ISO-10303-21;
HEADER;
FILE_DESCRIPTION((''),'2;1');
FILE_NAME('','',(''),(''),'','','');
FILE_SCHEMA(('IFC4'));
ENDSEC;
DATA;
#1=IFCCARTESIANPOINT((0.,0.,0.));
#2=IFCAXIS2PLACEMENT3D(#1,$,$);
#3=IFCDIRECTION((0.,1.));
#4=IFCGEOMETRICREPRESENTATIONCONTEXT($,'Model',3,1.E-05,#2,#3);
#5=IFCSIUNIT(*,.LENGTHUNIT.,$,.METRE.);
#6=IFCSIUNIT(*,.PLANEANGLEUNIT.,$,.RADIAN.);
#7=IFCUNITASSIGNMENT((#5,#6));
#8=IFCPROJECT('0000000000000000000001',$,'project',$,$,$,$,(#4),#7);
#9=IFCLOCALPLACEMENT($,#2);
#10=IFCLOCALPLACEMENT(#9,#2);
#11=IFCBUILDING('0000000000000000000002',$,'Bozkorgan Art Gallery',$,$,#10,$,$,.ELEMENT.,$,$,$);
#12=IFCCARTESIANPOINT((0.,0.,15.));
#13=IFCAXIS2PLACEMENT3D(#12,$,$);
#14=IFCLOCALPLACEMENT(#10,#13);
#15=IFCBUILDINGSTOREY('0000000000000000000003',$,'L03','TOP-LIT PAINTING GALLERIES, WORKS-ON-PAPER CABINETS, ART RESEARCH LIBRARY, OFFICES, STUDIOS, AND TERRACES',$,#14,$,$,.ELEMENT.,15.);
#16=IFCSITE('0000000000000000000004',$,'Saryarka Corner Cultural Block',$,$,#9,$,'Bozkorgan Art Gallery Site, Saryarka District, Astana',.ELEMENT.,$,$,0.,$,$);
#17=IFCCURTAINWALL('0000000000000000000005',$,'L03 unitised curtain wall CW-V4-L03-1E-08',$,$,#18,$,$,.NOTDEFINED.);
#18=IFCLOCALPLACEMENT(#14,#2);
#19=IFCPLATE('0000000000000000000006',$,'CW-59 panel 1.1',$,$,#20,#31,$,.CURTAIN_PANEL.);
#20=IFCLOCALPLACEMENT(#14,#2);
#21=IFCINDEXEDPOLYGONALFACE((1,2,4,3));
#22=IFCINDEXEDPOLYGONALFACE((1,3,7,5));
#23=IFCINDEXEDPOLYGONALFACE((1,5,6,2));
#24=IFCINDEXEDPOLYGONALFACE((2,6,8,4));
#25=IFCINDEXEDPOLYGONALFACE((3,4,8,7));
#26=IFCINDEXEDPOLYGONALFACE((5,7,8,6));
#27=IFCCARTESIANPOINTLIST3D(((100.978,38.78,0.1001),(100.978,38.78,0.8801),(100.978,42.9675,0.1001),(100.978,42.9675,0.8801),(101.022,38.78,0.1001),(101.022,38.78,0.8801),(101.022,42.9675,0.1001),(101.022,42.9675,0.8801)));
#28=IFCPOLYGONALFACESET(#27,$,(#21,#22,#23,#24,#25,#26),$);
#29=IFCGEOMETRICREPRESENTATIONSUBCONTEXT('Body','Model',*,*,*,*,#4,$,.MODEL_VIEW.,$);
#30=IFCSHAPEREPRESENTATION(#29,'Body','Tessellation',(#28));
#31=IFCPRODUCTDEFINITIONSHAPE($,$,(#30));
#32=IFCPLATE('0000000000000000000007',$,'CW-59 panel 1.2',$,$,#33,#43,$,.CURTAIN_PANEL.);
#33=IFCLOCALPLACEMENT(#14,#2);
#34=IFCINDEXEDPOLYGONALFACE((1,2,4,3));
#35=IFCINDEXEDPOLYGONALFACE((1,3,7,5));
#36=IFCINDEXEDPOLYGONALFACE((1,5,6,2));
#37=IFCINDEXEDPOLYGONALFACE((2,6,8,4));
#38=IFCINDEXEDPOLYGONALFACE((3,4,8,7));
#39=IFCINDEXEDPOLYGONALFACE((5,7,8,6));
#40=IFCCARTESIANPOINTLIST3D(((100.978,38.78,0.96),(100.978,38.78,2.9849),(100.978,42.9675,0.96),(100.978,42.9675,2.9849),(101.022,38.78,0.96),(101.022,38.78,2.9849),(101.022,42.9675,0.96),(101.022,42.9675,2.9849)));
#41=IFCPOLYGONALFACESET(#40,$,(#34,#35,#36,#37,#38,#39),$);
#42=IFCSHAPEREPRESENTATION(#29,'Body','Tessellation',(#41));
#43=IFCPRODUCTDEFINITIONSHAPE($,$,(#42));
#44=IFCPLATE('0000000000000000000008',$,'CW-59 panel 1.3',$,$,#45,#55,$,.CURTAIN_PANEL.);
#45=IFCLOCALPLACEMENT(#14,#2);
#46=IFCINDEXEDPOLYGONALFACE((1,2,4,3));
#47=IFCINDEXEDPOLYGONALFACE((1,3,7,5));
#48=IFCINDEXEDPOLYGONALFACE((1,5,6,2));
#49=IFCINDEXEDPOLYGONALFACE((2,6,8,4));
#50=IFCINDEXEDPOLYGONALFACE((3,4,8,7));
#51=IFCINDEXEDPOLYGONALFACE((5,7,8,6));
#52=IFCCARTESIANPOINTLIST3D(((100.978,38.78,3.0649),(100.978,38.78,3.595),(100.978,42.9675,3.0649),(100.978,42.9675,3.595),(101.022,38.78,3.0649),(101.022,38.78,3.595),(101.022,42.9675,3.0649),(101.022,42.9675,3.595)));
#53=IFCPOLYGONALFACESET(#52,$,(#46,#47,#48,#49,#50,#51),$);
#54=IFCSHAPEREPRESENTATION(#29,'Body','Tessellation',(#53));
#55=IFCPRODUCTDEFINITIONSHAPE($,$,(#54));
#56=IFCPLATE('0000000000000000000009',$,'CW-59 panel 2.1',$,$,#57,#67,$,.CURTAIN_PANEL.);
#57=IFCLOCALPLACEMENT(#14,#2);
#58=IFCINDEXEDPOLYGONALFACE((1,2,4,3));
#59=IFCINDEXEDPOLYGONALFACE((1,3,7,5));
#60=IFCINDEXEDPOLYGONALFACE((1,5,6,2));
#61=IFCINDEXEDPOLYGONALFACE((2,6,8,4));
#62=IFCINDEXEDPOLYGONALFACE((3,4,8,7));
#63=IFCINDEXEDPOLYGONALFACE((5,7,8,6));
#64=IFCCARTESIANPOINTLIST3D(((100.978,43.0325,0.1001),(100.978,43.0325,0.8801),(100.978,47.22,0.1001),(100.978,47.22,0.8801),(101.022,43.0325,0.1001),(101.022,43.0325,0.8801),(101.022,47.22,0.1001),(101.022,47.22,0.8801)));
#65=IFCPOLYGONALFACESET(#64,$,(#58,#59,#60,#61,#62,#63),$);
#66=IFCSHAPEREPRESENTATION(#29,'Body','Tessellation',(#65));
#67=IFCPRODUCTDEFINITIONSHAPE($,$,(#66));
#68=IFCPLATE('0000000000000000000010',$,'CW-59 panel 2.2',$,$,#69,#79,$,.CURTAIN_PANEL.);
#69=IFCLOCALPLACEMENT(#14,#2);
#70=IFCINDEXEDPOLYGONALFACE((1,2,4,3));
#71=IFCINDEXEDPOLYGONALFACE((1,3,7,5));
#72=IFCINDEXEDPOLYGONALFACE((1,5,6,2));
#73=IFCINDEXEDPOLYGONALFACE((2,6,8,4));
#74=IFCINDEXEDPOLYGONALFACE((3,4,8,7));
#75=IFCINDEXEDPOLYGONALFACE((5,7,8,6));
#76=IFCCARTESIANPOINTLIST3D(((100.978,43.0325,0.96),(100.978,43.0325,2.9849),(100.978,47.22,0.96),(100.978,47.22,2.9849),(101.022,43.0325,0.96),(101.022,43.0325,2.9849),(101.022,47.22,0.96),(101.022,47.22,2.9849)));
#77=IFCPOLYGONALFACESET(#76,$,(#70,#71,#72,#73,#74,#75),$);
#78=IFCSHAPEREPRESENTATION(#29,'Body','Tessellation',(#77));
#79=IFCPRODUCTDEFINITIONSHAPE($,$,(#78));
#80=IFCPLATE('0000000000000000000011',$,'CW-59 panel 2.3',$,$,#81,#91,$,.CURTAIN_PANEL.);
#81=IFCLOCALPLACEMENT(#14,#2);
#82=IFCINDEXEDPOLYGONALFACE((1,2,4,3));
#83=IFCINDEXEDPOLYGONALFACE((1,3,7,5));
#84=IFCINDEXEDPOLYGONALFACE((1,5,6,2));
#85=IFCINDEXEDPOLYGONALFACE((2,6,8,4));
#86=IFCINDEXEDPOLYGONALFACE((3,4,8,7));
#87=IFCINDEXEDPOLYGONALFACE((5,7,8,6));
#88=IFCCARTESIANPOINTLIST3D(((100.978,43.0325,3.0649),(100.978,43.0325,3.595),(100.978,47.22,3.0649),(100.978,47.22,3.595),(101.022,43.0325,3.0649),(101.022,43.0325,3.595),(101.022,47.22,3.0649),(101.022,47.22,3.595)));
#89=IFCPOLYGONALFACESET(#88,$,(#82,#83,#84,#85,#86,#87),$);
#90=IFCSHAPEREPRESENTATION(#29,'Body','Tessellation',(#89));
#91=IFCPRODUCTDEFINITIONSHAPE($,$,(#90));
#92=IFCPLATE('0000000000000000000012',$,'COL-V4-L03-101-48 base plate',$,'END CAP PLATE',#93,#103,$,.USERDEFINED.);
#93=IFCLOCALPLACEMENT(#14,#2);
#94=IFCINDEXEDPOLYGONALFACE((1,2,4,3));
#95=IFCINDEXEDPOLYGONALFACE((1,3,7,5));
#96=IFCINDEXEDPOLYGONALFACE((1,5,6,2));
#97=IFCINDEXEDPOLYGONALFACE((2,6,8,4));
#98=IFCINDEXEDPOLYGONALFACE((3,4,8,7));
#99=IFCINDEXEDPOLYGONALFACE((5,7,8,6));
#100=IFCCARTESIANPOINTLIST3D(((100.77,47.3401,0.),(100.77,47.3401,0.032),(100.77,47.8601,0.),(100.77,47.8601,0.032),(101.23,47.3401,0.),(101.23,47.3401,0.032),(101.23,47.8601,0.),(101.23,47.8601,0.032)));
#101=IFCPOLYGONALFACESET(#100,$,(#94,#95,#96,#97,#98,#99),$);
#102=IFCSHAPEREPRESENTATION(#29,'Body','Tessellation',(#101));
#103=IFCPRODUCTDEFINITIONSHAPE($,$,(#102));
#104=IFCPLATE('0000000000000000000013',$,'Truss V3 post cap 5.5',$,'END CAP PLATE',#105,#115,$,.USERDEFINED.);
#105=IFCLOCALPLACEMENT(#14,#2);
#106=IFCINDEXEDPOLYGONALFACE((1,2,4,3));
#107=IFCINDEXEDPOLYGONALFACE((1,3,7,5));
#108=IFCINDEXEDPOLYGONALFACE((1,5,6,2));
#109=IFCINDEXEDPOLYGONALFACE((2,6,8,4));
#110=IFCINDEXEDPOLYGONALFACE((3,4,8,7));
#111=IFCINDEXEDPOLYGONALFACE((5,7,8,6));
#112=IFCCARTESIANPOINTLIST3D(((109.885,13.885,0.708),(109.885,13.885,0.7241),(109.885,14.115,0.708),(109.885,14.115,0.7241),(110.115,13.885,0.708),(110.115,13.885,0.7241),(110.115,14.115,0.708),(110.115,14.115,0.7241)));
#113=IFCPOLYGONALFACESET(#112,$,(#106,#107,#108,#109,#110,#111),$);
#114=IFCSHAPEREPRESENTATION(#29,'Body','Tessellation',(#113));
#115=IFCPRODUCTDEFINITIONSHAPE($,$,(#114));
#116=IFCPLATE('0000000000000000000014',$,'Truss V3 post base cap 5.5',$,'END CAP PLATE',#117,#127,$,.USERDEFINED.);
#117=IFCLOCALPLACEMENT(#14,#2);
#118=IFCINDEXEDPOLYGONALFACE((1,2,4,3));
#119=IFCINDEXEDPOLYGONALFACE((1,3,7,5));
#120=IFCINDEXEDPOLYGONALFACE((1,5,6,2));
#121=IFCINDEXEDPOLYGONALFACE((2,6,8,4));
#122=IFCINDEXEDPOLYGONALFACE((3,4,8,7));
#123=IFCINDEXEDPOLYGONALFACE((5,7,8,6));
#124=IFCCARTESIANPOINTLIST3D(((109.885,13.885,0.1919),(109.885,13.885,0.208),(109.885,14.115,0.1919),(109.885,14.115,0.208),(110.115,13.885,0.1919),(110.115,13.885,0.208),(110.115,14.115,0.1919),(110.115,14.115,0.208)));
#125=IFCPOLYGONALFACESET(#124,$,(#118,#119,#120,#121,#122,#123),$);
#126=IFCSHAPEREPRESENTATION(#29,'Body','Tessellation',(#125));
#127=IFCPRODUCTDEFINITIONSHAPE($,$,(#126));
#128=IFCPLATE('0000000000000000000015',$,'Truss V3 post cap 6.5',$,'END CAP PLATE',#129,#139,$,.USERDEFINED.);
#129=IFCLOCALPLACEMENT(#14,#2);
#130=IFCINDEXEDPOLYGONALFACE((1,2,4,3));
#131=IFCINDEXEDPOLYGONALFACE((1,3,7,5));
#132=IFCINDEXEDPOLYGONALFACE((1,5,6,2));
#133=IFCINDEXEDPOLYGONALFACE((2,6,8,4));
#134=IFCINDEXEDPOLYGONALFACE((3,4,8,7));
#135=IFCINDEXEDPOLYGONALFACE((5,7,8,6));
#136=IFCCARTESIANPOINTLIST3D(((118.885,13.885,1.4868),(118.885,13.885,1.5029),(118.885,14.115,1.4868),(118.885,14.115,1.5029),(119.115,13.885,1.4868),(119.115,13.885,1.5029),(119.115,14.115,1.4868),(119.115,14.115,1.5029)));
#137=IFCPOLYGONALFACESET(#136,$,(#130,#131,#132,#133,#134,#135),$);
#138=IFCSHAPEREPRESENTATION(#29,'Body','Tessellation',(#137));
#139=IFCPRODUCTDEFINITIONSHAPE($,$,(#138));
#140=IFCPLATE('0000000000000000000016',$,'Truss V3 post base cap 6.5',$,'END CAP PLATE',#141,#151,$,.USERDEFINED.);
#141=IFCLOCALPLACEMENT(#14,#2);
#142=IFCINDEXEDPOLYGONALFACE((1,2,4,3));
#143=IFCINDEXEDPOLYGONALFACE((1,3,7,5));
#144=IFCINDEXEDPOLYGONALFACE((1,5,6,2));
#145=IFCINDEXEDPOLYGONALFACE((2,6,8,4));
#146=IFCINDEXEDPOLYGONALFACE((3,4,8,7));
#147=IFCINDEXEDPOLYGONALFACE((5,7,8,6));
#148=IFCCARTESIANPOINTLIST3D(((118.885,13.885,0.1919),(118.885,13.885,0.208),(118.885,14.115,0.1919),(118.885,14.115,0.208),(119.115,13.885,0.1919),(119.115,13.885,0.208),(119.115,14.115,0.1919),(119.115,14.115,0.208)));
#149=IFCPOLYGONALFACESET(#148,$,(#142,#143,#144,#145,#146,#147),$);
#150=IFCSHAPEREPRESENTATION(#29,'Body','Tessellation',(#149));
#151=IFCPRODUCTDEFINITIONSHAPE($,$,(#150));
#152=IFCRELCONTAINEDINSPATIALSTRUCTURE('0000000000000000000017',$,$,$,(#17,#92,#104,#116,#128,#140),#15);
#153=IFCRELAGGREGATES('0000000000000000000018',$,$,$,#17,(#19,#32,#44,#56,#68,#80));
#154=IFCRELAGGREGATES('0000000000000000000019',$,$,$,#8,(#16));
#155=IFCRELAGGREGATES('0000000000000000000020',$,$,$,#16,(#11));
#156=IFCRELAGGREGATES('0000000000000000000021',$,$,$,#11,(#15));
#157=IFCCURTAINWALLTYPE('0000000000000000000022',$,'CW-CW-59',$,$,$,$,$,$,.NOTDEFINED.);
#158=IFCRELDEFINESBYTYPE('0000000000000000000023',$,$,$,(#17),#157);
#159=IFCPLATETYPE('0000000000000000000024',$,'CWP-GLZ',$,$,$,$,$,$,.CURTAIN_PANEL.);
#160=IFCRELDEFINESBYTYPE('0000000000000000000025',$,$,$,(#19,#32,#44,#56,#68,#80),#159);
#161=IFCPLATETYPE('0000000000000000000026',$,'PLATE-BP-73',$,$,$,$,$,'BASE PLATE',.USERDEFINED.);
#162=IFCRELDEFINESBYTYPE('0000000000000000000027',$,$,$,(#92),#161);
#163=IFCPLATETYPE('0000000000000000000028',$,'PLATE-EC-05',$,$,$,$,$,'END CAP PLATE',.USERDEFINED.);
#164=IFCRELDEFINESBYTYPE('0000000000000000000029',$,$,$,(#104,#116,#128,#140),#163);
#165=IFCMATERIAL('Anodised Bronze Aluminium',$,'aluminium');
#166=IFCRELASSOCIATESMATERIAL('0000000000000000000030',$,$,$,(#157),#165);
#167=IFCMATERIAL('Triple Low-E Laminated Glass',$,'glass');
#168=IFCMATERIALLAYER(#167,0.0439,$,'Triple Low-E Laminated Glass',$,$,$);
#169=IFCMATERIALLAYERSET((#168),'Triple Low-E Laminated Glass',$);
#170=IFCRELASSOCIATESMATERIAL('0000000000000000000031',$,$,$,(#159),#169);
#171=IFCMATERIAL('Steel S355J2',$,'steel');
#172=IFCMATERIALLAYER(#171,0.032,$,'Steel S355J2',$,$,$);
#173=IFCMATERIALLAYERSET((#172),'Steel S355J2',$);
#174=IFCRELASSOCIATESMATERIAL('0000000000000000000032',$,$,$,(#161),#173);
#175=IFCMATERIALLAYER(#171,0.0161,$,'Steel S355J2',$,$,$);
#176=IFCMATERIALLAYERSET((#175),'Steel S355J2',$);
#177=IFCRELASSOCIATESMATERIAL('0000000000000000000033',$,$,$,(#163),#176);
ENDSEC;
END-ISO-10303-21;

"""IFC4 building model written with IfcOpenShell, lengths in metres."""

from ifc_helpers import new_model, si_unit, direction, frame, origin, origin_2d, place, context, subcontext, project, spatial, rectangle, extrude, material, layer, layer_set, type_object, element, aggregate, save


model = new_model("IFC4")

# Units and contexts
model_context = context("Model", 3, precision=1e-05, world=origin(), true_north=direction((0.0, 1.0)))
body_context = subcontext(model_context, "Body", "Model", "MODEL_VIEW")
ifc_project = project(units=[si_unit("LENGTHUNIT", "METRE"), si_unit("PLANEANGLEUNIT", "RADIAN")], contexts=[model_context])

# Site, building, storey
site_placement = place(None, origin())
site = spatial("IfcSite", under=ifc_project, at=site_placement, Name="Saryarka Corner Cultural Block", LongName="Bozkorgan Art Gallery Site, Saryarka District, Astana", CompositionType="ELEMENT", RefElevation=0.0)
building_placement = place(site_placement, origin())
building = spatial("IfcBuilding", under=site, at=building_placement, Name="Bozkorgan Art Gallery", CompositionType="ELEMENT")
storey_placement = place(building_placement, frame((0.0, 0.0, 15.0)))
storey = spatial("IfcBuildingStorey", under=building, at=storey_placement, Name="L03", Description="TOP-LIT PAINTING GALLERIES, WORKS-ON-PAPER CABINETS, ART RESEARCH LIBRARY, OFFICES, STUDIOS, AND TERRACES", CompositionType="ELEMENT", Elevation=15.0)

# Shared definitions
ifc_material_1 = material(Name="Steel S355J2", Category="steel")

# Curtain wall
ifc_material_2 = material(Name="Anodised Bronze Aluminium", Category="aluminium")
curtain_wall_type = type_object("IfcCurtainWallType", Name="CW-CW-59", PredefinedType="NOTDEFINED", material=ifc_material_2)
curtain_wall_1_placement = place(storey_placement, origin())
curtain_wall_1 = element("IfcCurtainWall", 1, at=curtain_wall_1_placement, inside=storey, type_object=curtain_wall_type, Name="L03 unitised curtain wall CW-V4-L03-1E-08", PredefinedType="NOTDEFINED")

# Plates
ifc_material_3 = material(Name="Triple Low-E Laminated Glass", Category="glass")
ifc_layer_1 = layer(ifc_material_3, 0.0439, Name="Triple Low-E Laminated Glass")
ifc_layer_set_1 = layer_set([ifc_layer_1], Name="Triple Low-E Laminated Glass")
plate_type_1 = type_object("IfcPlateType", Name="CWP-GLZ", PredefinedType="CURTAIN_PANEL", material=ifc_layer_set_1)
plate_1_placement = place(storey_placement, frame((101.0, 40.8738, 0.1001), z_axis=(0.0, 0.0, 1.0), x_axis=(0.0, 1.0, 0.0)))
plate_1 = element("IfcPlate", 2, at=plate_1_placement, type_object=plate_type_1, Name="CW-59 panel 1.1", PredefinedType="CURTAIN_PANEL", context=body_context, shape_type="SweptSolid", body=[
    extrude(rectangle(XDim=4.1875, YDim=0.0439, at=origin_2d()), origin(), (0.0, 0.0, 1.0), 0.78),
])
plate_2_placement = place(storey_placement, frame((101.0, 40.8738, 0.96), z_axis=(0.0, 0.0, 1.0), x_axis=(0.0, 1.0, 0.0)))
plate_2 = element("IfcPlate", 3, at=plate_2_placement, type_object=plate_type_1, Name="CW-59 panel 1.2", PredefinedType="CURTAIN_PANEL", context=body_context, shape_type="SweptSolid", body=[
    extrude(rectangle(XDim=4.1875, YDim=0.0439, at=origin_2d()), origin(), (0.0, 0.0, 1.0), 2.0249),
])
plate_3_placement = place(storey_placement, frame((101.0, 40.8738, 3.0649), z_axis=(0.0, 0.0, 1.0), x_axis=(0.0, 1.0, 0.0)))
plate_3 = element("IfcPlate", 4, at=plate_3_placement, type_object=plate_type_1, Name="CW-59 panel 1.3", PredefinedType="CURTAIN_PANEL", context=body_context, shape_type="SweptSolid", body=[
    extrude(rectangle(XDim=4.1875, YDim=0.0439, at=origin_2d()), origin(), (0.0, 0.0, 1.0), 0.53),
])
plate_4_placement = place(storey_placement, frame((101.0, 45.1262, 0.1001), z_axis=(0.0, 0.0, 1.0), x_axis=(0.0, 1.0, 0.0)))
plate_4 = element("IfcPlate", 5, at=plate_4_placement, type_object=plate_type_1, Name="CW-59 panel 2.1", PredefinedType="CURTAIN_PANEL", context=body_context, shape_type="SweptSolid", body=[
    extrude(rectangle(XDim=4.1875, YDim=0.0439, at=origin_2d()), origin(), (0.0, 0.0, 1.0), 0.78),
])
plate_5_placement = place(storey_placement, frame((101.0, 45.1262, 0.96), z_axis=(0.0, 0.0, 1.0), x_axis=(0.0, 1.0, 0.0)))
plate_5 = element("IfcPlate", 6, at=plate_5_placement, type_object=plate_type_1, Name="CW-59 panel 2.2", PredefinedType="CURTAIN_PANEL", context=body_context, shape_type="SweptSolid", body=[
    extrude(rectangle(XDim=4.1875, YDim=0.0439, at=origin_2d()), origin(), (0.0, 0.0, 1.0), 2.0249),
])
plate_6_placement = place(storey_placement, frame((101.0, 45.1262, 3.0649), z_axis=(0.0, 0.0, 1.0), x_axis=(0.0, 1.0, 0.0)))
plate_6 = element("IfcPlate", 7, at=plate_6_placement, type_object=plate_type_1, Name="CW-59 panel 2.3", PredefinedType="CURTAIN_PANEL", context=body_context, shape_type="SweptSolid", body=[
    extrude(rectangle(XDim=4.1875, YDim=0.0439, at=origin_2d()), origin(), (0.0, 0.0, 1.0), 0.53),
])
aggregate(curtain_wall_1, [plate_1, plate_2, plate_3, plate_4, plate_5, plate_6])

# Plates
ifc_layer_2 = layer(ifc_material_1, 0.032, Name="Steel S355J2")
ifc_layer_set_2 = layer_set([ifc_layer_2], Name="Steel S355J2")
plate_type_2 = type_object("IfcPlateType", Name="PLATE-BP-73", ElementType="BASE PLATE", PredefinedType="USERDEFINED", material=ifc_layer_set_2)
plate_7_placement = place(storey_placement, frame((101.0, 47.6001, 0.0), z_axis=(0.0, 0.0, 1.0), x_axis=(1.0, 0.0, 0.0)))
element("IfcPlate", 8, at=plate_7_placement, inside=storey, type_object=plate_type_2, Name="COL-V4-L03-101-48 base plate", ObjectType="END CAP PLATE", PredefinedType="USERDEFINED", context=body_context, shape_type="SweptSolid", body=[
    extrude(rectangle(XDim=0.46, YDim=0.52, at=origin_2d()), origin(), (0.0, 0.0, 1.0), 0.032),
])
ifc_layer_3 = layer(ifc_material_1, 0.0161, Name="Steel S355J2")
ifc_layer_set_3 = layer_set([ifc_layer_3], Name="Steel S355J2")
plate_type_3 = type_object("IfcPlateType", Name="PLATE-EC-05", ElementType="END CAP PLATE", PredefinedType="USERDEFINED", material=ifc_layer_set_3)
for number, where, z_axis, x_axis, name in (
    (9, (110.0, 14.0, 0.708), (0.0, 0.0, 1.0), (1.0, 0.0, 0.0), "Truss V3 post cap 5.5"),
    (10, (110.0, 14.0, 0.1919), (0.0, 0.0, 1.0), (1.0, 0.0, 0.0), "Truss V3 post base cap 5.5"),
    (11, (119.0, 14.0, 1.4868), (0.0, 0.0, 1.0), (1.0, 0.0, 0.0), "Truss V3 post cap 6.5"),
    (12, (119.0, 14.0, 0.1919), (0.0, 0.0, 1.0), (1.0, 0.0, 0.0), "Truss V3 post base cap 6.5"),
):
    element("IfcPlate", number, at=place(storey_placement, frame(where, z_axis=z_axis, x_axis=x_axis)), inside=storey, type_object=plate_type_3, Name=name, ObjectType="END CAP PLATE", PredefinedType="USERDEFINED", context=body_context, shape_type="SweptSolid", body=[
        extrude(rectangle(XDim=0.23, YDim=0.23, at=origin_2d()), origin(), (0.0, 0.0, 1.0), 0.0161),
    ])

save(model, "model.ifc")
